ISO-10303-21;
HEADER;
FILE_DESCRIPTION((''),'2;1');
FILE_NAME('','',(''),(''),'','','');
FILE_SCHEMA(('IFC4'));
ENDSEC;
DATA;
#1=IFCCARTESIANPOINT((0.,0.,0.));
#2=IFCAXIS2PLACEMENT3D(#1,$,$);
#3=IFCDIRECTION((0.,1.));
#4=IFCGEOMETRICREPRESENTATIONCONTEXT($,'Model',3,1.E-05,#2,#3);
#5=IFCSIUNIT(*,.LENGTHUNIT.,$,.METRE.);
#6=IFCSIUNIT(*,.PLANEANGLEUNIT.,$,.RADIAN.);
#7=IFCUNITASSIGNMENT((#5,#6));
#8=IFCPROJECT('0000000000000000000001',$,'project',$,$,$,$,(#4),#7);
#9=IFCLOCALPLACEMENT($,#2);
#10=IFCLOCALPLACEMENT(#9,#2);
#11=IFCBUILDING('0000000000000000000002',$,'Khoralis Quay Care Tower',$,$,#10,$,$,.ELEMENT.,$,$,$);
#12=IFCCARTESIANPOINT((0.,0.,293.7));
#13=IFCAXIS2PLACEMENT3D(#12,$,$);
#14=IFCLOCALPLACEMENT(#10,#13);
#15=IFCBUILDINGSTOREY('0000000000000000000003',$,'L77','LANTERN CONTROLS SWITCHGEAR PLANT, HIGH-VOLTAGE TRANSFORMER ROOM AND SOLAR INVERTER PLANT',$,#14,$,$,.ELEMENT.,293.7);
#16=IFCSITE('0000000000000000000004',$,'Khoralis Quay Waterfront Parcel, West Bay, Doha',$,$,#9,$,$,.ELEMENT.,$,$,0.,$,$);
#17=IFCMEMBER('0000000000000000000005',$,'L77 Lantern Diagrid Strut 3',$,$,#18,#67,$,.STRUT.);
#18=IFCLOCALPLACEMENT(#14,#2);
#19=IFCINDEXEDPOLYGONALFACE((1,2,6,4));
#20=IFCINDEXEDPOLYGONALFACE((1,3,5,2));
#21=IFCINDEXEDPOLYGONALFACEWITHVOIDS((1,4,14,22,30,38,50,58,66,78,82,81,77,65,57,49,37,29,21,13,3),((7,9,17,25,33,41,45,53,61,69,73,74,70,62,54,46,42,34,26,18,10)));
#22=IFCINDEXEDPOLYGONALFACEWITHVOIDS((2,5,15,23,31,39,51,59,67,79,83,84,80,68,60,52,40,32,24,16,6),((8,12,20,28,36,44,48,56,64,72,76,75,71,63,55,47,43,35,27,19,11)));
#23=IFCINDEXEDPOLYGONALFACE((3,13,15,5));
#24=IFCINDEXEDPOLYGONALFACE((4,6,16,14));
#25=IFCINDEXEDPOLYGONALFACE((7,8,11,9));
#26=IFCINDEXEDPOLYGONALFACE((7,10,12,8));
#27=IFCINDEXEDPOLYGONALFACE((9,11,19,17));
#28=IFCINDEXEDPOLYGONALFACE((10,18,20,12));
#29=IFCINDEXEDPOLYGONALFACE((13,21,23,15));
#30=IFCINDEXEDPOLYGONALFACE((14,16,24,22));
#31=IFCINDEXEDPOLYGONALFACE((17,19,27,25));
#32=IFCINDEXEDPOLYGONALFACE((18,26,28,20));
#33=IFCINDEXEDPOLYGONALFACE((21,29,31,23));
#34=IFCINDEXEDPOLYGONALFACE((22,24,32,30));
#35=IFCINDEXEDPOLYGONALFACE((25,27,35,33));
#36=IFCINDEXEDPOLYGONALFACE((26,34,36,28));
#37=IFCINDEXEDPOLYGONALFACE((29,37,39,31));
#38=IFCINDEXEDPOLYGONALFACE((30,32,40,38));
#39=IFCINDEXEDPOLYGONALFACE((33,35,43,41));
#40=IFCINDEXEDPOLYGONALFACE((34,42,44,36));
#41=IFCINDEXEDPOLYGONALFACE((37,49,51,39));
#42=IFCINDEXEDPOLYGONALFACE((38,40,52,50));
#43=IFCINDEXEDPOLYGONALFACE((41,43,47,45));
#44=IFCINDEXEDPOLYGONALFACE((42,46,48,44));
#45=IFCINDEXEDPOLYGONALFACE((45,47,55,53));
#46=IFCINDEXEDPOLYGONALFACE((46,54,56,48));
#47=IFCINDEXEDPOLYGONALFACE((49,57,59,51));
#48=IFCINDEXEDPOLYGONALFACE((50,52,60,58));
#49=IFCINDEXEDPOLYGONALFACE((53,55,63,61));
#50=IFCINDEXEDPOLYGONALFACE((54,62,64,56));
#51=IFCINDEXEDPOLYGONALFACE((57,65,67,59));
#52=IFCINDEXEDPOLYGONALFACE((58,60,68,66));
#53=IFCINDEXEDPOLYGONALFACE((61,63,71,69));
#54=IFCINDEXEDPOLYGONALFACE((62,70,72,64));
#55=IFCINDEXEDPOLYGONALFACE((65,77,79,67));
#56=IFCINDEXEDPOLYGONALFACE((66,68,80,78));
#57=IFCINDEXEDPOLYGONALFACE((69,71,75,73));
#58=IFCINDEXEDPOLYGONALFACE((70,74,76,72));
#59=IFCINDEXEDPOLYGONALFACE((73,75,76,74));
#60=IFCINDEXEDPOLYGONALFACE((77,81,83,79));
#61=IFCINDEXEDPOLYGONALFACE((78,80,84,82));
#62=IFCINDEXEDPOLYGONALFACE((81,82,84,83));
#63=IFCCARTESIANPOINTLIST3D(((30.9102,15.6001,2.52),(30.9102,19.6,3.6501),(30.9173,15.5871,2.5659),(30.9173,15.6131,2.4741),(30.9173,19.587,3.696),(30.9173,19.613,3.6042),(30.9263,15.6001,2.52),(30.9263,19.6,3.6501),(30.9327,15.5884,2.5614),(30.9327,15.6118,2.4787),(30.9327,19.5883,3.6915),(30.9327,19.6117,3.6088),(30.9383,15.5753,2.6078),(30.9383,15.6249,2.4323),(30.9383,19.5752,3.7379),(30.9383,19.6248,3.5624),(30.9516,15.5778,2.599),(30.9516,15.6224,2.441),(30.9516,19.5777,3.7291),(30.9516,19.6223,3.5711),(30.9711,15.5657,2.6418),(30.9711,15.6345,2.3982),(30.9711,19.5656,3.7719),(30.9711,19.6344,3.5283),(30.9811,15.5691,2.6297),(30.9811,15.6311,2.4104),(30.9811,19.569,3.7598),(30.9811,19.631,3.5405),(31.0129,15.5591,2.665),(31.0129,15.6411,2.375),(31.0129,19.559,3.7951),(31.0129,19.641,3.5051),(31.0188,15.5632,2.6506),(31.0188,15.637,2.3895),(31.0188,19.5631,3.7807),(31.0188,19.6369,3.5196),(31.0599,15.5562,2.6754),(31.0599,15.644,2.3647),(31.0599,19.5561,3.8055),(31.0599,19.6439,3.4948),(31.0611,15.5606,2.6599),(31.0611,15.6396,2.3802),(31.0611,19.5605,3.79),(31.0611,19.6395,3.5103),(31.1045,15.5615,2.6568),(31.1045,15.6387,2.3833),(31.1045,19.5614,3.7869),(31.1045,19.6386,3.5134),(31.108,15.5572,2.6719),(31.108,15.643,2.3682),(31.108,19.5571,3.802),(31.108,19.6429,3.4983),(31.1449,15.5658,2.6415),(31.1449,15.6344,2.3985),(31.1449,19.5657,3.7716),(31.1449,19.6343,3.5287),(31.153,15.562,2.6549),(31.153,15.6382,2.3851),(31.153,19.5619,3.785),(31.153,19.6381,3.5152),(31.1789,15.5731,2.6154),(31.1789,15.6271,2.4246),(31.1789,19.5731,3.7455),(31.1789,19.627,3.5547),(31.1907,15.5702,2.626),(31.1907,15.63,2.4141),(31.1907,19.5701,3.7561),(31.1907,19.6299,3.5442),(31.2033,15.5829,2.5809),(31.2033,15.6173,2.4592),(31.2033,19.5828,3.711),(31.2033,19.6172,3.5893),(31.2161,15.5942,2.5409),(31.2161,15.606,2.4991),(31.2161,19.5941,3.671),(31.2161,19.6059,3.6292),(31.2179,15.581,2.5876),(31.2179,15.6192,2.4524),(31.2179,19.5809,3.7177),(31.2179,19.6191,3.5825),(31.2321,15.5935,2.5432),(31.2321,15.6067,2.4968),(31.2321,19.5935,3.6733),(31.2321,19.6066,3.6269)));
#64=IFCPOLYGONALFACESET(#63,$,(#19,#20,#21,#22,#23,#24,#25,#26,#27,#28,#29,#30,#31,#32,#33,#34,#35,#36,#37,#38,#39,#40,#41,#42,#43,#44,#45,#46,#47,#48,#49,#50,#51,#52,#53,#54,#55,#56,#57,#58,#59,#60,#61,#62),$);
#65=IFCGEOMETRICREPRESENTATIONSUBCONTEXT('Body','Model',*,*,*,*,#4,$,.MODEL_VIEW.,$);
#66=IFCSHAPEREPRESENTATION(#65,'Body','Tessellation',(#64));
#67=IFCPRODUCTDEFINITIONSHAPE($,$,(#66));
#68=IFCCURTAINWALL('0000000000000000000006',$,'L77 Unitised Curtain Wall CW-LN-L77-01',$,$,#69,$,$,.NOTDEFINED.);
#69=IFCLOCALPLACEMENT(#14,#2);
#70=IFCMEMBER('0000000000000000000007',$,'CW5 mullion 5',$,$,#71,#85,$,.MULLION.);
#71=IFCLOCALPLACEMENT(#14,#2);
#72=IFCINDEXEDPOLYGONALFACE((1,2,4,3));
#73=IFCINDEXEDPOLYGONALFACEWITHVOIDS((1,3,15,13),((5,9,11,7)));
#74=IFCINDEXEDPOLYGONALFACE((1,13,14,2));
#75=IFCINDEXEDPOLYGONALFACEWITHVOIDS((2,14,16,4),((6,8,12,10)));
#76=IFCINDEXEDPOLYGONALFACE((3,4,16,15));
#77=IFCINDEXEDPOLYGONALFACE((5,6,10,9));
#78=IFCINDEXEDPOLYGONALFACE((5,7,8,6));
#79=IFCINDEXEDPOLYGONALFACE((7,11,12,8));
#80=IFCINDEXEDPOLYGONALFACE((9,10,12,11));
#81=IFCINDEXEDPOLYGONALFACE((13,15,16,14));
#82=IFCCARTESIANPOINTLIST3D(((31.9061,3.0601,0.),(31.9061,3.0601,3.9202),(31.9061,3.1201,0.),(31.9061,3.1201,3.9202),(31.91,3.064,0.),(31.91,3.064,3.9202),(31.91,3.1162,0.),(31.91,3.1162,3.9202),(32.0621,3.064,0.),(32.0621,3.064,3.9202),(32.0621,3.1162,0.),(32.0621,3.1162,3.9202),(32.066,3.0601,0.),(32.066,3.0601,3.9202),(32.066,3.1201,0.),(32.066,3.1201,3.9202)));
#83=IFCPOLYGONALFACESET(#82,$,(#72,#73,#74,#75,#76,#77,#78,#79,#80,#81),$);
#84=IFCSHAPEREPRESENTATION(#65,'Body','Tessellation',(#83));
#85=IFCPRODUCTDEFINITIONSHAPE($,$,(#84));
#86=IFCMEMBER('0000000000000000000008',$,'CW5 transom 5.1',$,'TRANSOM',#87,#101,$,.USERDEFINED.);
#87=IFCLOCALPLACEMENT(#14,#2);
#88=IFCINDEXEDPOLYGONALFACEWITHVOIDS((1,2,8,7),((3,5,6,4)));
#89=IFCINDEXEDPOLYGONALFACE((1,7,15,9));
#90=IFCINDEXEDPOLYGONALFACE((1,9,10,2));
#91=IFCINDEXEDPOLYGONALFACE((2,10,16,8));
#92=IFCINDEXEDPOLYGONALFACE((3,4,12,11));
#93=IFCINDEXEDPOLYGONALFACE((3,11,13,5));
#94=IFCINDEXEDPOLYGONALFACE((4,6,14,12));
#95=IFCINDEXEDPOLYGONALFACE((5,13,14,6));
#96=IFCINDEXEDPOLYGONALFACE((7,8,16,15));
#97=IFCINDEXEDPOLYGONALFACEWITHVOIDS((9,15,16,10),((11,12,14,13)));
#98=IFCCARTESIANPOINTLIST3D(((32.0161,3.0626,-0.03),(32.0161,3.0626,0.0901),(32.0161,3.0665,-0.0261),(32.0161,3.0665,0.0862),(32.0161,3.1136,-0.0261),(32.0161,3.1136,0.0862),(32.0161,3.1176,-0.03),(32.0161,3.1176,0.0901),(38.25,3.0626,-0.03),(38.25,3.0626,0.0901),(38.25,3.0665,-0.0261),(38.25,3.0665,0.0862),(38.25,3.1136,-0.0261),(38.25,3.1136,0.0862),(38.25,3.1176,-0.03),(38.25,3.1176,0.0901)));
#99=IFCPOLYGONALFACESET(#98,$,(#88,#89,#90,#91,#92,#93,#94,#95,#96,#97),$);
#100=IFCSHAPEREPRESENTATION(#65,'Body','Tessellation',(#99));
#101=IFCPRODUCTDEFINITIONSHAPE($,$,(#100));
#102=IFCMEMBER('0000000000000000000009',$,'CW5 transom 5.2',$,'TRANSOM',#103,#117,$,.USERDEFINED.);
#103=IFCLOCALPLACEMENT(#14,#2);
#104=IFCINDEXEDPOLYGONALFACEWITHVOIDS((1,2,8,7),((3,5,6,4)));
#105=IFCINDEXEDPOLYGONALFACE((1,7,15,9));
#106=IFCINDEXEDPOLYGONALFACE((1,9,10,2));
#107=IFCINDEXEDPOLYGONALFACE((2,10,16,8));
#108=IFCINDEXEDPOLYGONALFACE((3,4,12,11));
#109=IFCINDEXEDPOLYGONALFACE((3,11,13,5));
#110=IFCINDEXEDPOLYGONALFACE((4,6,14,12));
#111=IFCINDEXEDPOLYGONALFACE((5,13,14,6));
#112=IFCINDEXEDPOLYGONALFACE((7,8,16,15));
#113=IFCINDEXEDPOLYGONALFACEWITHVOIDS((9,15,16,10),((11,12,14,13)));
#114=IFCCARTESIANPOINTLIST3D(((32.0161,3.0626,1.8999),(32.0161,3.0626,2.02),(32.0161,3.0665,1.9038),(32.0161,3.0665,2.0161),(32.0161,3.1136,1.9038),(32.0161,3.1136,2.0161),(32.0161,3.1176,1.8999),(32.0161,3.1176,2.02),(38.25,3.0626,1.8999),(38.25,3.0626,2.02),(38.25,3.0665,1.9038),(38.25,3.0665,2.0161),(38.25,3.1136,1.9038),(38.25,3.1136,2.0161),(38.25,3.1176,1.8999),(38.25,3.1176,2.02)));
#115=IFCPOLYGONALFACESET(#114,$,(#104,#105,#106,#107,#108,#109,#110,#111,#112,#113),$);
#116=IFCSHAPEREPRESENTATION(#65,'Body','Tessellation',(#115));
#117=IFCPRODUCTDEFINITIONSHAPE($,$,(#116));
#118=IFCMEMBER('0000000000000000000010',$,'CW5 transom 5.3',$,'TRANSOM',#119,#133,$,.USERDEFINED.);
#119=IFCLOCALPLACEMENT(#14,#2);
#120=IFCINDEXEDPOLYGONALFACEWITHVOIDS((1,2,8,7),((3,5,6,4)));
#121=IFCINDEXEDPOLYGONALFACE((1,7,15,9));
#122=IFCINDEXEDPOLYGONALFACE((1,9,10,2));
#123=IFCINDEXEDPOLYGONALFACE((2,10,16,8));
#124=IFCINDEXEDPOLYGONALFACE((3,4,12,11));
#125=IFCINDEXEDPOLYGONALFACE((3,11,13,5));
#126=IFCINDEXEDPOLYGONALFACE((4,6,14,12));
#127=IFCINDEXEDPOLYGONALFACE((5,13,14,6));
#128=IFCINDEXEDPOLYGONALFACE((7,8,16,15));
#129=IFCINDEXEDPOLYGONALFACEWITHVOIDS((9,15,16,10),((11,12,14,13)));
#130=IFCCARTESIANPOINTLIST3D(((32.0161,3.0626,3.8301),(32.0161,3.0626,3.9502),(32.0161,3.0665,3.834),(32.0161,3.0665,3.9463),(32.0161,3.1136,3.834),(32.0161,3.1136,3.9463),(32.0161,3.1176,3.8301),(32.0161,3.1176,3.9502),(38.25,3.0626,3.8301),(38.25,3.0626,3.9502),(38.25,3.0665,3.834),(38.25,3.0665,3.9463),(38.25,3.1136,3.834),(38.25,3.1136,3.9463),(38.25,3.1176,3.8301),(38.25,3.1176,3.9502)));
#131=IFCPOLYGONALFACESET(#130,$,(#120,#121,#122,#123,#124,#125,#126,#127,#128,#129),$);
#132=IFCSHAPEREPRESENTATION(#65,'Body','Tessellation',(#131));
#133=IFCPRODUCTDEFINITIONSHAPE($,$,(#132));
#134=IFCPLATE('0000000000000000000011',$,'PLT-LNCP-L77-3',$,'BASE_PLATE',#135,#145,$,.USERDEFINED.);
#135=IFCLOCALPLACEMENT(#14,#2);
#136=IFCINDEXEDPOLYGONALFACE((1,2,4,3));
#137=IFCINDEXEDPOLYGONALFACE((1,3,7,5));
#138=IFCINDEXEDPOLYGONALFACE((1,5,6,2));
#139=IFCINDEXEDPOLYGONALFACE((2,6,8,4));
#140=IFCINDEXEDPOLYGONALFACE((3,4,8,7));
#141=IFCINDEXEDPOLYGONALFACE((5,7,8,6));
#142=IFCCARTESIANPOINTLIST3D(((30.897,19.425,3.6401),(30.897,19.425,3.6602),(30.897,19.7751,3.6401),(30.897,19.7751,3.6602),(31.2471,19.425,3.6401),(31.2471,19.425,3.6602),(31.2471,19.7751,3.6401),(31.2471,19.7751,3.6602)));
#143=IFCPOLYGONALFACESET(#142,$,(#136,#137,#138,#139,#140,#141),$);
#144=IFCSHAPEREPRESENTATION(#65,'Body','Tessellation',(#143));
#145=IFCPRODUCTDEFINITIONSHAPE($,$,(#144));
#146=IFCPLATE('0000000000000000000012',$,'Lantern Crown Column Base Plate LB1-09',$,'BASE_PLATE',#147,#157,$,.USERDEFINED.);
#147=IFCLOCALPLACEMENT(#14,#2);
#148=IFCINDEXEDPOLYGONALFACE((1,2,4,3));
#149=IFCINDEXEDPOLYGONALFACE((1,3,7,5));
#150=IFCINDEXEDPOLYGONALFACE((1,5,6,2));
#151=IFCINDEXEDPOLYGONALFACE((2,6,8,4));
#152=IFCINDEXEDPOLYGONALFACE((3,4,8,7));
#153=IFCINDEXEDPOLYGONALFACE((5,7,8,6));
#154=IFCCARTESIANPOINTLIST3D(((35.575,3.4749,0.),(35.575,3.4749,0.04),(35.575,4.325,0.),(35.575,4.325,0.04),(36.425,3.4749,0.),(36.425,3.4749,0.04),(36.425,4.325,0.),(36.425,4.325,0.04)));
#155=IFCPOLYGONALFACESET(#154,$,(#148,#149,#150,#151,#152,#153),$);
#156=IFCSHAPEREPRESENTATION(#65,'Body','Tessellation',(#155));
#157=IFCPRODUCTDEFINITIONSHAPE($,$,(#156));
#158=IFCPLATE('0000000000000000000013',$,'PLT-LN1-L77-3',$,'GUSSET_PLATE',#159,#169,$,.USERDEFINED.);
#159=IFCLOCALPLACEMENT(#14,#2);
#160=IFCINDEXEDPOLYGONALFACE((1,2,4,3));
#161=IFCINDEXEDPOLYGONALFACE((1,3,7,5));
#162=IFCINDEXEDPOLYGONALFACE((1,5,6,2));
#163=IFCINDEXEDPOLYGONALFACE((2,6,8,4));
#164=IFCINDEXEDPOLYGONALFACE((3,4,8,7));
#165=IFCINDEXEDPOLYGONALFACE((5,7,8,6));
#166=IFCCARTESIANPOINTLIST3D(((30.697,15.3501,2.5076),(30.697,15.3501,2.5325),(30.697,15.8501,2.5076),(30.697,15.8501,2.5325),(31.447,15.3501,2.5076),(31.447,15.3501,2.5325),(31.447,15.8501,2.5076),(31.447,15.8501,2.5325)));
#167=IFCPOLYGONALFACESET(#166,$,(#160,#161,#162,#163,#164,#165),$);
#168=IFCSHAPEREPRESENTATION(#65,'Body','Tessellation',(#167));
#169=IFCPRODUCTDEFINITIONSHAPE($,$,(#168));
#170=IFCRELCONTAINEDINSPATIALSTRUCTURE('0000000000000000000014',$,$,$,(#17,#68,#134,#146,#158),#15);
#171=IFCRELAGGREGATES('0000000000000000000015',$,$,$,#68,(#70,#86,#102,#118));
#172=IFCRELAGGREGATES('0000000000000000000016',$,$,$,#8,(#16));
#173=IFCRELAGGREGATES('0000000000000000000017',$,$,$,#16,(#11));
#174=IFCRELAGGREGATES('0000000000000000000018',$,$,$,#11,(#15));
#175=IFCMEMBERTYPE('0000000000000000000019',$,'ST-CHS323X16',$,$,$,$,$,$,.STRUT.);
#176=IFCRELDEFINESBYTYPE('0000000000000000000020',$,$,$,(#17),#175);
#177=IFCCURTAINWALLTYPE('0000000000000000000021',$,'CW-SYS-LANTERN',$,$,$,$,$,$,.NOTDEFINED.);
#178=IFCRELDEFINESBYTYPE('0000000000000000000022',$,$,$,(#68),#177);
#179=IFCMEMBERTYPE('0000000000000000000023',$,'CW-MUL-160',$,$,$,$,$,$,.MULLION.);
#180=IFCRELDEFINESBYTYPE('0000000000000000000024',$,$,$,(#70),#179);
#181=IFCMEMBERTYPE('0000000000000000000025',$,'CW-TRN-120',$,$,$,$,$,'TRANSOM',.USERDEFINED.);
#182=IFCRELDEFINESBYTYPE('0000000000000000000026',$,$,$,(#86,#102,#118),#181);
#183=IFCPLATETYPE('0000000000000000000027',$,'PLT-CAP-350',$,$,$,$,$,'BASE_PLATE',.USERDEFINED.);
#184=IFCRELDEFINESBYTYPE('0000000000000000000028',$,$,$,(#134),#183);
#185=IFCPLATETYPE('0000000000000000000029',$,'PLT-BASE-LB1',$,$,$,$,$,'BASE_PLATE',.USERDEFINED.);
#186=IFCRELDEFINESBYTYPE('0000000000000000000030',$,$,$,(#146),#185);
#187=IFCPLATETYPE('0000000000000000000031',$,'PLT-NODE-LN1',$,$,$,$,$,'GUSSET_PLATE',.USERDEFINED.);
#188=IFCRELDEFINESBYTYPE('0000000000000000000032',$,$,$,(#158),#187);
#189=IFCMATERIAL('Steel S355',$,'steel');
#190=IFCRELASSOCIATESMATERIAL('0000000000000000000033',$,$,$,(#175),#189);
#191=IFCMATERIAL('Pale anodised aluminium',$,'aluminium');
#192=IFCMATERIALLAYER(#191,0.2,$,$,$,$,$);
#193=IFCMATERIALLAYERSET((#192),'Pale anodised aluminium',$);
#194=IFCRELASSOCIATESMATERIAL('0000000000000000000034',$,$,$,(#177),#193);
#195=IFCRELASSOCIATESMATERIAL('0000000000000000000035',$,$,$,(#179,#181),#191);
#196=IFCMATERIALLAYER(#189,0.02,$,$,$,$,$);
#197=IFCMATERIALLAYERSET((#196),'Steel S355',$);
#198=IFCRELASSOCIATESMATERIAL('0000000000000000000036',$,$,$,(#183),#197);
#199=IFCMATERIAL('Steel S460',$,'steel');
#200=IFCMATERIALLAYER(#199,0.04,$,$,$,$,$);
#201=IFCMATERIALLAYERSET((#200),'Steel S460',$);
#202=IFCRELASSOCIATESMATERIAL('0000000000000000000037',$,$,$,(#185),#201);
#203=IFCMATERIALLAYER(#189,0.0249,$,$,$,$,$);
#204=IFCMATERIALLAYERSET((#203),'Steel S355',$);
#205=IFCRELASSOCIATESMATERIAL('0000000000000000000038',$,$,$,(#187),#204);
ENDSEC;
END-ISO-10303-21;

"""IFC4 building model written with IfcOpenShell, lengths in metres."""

from ifc_helpers import new_model, si_unit, direction, frame, origin, origin_2d, place, context, subcontext, project, spatial, rectangle, hollow_rectangle, hollow_circle, extrude, source, transform, mapped, material, layer, layer_set, material_profile, profile_set, type_object, element, aggregate, save


model = new_model("IFC4")

# Units and contexts
model_context = context("Model", 3, precision=1e-05, world=origin(), true_north=direction((0.0, 1.0)))
body_context = subcontext(model_context, "Body", "Model", "MODEL_VIEW")
ifc_project = project(units=[si_unit("LENGTHUNIT", "METRE"), si_unit("PLANEANGLEUNIT", "RADIAN")], contexts=[model_context])

# Site, building, storey
site_placement = place(None, origin())
site = spatial("IfcSite", under=ifc_project, at=site_placement, Name="Khoralis Quay Waterfront Parcel, West Bay, Doha", CompositionType="ELEMENT", RefElevation=0.0)
building_placement = place(site_placement, origin())
building = spatial("IfcBuilding", under=site, at=building_placement, Name="Khoralis Quay Care Tower", CompositionType="ELEMENT")
storey_placement = place(building_placement, frame((0.0, 0.0, 293.7)))
storey = spatial("IfcBuildingStorey", under=building, at=storey_placement, Name="L77", Description="LANTERN CONTROLS SWITCHGEAR PLANT, HIGH-VOLTAGE TRANSFORMER ROOM AND SOLAR INVERTER PLANT", CompositionType="ELEMENT", Elevation=293.7)

# Shared definitions
ifc_material_1 = material(Name="Steel S460", Category="steel")

# Shared definitions
ifc_material_2 = material(Name="Steel S355", Category="steel")

# Member
ifc_material_profile_1 = material_profile(ifc_material_2, hollow_circle(Radius=0.1619, WallThickness=0.0161, at=origin_2d()), Name="Steel S355")
ifc_profile_set_1 = profile_set([ifc_material_profile_1], Name="Steel S355")
member_type_1 = type_object("IfcMemberType", Name="ST-CHS323X16", PredefinedType="STRUT", material=ifc_profile_set_1)
shared_shape_1 = source(origin(), body_context, "Body", "SweptSolid", [
    extrude(hollow_circle(Radius=0.1619, WallThickness=0.0161, at=origin_2d()), origin(), (0.0, 0.0, 1.0), 4.1565),
])
member_1_placement = place(storey_placement, frame((31.072, 15.6001, 2.52), z_axis=(0.0, 0.962329, 0.271888), x_axis=(-1.0, 0.0, 0.0)))
element("IfcMember", 1, at=member_1_placement, inside=storey, type_object=member_type_1, Name="L77 Lantern Diagrid Strut 3", PredefinedType="STRUT", context=body_context, shape_type="MappedRepresentation", body=[
    mapped(shared_shape_1, transform((0.0, 0.0, 0.0), scale=1.0)),
])

# Curtain wall, members
ifc_material_3 = material(Name="Pale anodised aluminium", Category="aluminium")
ifc_layer_1 = layer(ifc_material_3, 0.2)
ifc_layer_set_1 = layer_set([ifc_layer_1], Name="Pale anodised aluminium")
curtain_wall_type = type_object("IfcCurtainWallType", Name="CW-SYS-LANTERN", PredefinedType="NOTDEFINED", material=ifc_layer_set_1)
curtain_wall_placement = place(storey_placement, origin())
curtain_wall = element("IfcCurtainWall", 2, at=curtain_wall_placement, inside=storey, type_object=curtain_wall_type, Name="L77 Unitised Curtain Wall CW-LN-L77-01", PredefinedType="NOTDEFINED")
ifc_material_profile_2 = material_profile(ifc_material_3, hollow_rectangle(XDim=0.0601, YDim=0.1599, WallThickness=0.0039, at=origin_2d()), Name="Pale anodised aluminium")
ifc_profile_set_2 = profile_set([ifc_material_profile_2], Name="Pale anodised aluminium")
member_type_2 = type_object("IfcMemberType", Name="CW-MUL-160", PredefinedType="MULLION", material=ifc_profile_set_2)
shared_shape_2 = source(origin(), body_context, "Body", "SweptSolid", [
    extrude(hollow_rectangle(XDim=0.0601, YDim=0.1599, WallThickness=0.0039, at=origin_2d()), origin(), (0.0, 0.0, 1.0), 3.9202),
])
member_2_placement = place(storey_placement, frame((31.9861, 3.0901, 0.0), z_axis=(0.0, 0.0, 1.0), x_axis=(0.0, 1.0, 0.0)))
member_2 = element("IfcMember", 3, at=member_2_placement, type_object=member_type_2, Name="CW5 mullion 5", PredefinedType="MULLION", context=body_context, shape_type="MappedRepresentation", body=[
    mapped(shared_shape_2, transform((0.0, 0.0, 0.0), scale=1.0)),
])
ifc_material_profile_3 = material_profile(ifc_material_3, hollow_rectangle(XDim=0.0549, YDim=0.1201, WallThickness=0.0039, at=origin_2d()), Name="Pale anodised aluminium")
ifc_profile_set_3 = profile_set([ifc_material_profile_3], Name="Pale anodised aluminium")
member_type_3 = type_object("IfcMemberType", Name="CW-TRN-120", ElementType="TRANSOM", PredefinedType="USERDEFINED", material=ifc_profile_set_3)
shared_shape_3 = source(origin(), body_context, "Body", "SweptSolid", [
    extrude(hollow_rectangle(XDim=0.0549, YDim=0.1201, WallThickness=0.0039, at=origin_2d()), origin(), (0.0, 0.0, 1.0), 6.2339),
])
member_3_placement = place(storey_placement, frame((32.0161, 3.0901, 0.03), z_axis=(1.0, 0.0, 0.0), x_axis=(0.0, 1.0, 0.0)))
member_3 = element("IfcMember", 4, at=member_3_placement, type_object=member_type_3, Name="CW5 transom 5.1", ObjectType="TRANSOM", PredefinedType="USERDEFINED", context=body_context, shape_type="MappedRepresentation", body=[
    mapped(shared_shape_3, transform((0.0, 0.0, 0.0), scale=1.0)),
])
member_4_placement = place(storey_placement, frame((32.0161, 3.0901, 1.96), z_axis=(1.0, 0.0, 0.0), x_axis=(0.0, 1.0, 0.0)))
member_4 = element("IfcMember", 5, at=member_4_placement, type_object=member_type_3, Name="CW5 transom 5.2", ObjectType="TRANSOM", PredefinedType="USERDEFINED", context=body_context, shape_type="MappedRepresentation", body=[
    mapped(shared_shape_3, transform((0.0, 0.0, 0.0), scale=1.0)),
])
member_5_placement = place(storey_placement, frame((32.0161, 3.0901, 3.8901), z_axis=(1.0, 0.0, 0.0), x_axis=(0.0, 1.0, 0.0)))
member_5 = element("IfcMember", 6, at=member_5_placement, type_object=member_type_3, Name="CW5 transom 5.3", ObjectType="TRANSOM", PredefinedType="USERDEFINED", context=body_context, shape_type="MappedRepresentation", body=[
    mapped(shared_shape_3, transform((0.0, 0.0, 0.0), scale=1.0)),
])

# Plates
ifc_layer_2 = layer(ifc_material_2, 0.02)
ifc_layer_set_2 = layer_set([ifc_layer_2], Name="Steel S355")
plate_type_1 = type_object("IfcPlateType", Name="PLT-CAP-350", ElementType="BASE_PLATE", PredefinedType="USERDEFINED", material=ifc_layer_set_2)
shared_shape_4 = source(origin(), body_context, "Body", "SweptSolid", [
    extrude(rectangle(XDim=0.3501, YDim=0.3501, at=origin_2d()), origin(), (0.0, 0.0, 1.0), 0.02),
])
plate_1_placement = place(storey_placement, frame((31.072, 19.6001, 3.6401), z_axis=(0.0, 0.0, 1.0), x_axis=(1.0, 0.0, 0.0)))
element("IfcPlate", 7, at=plate_1_placement, inside=storey, type_object=plate_type_1, Name="PLT-LNCP-L77-3", ObjectType="BASE_PLATE", PredefinedType="USERDEFINED", context=body_context, shape_type="MappedRepresentation", body=[
    mapped(shared_shape_4, transform((0.0, 0.0, 0.0), scale=1.0)),
])
ifc_layer_3 = layer(ifc_material_1, 0.04)
ifc_layer_set_3 = layer_set([ifc_layer_3], Name="Steel S460")
plate_type_2 = type_object("IfcPlateType", Name="PLT-BASE-LB1", ElementType="BASE_PLATE", PredefinedType="USERDEFINED", material=ifc_layer_set_3)
shared_shape_5 = source(origin(), body_context, "Body", "SweptSolid", [
    extrude(rectangle(XDim=0.8501, YDim=0.8501, at=origin_2d()), origin(), (0.0, 0.0, 1.0), 0.04),
])
plate_2_placement = place(storey_placement, frame((36.0, 3.8999, 0.0), z_axis=(0.0, 0.0, 1.0), x_axis=(1.0, 0.0, 0.0)))
element("IfcPlate", 8, at=plate_2_placement, inside=storey, type_object=plate_type_2, Name="Lantern Crown Column Base Plate LB1-09", ObjectType="BASE_PLATE", PredefinedType="USERDEFINED", context=body_context, shape_type="MappedRepresentation", body=[
    mapped(shared_shape_5, transform((0.0, 0.0, 0.0), scale=1.0)),
])
ifc_layer_4 = layer(ifc_material_2, 0.0249)
ifc_layer_set_4 = layer_set([ifc_layer_4], Name="Steel S355")
plate_type_3 = type_object("IfcPlateType", Name="PLT-NODE-LN1", ElementType="GUSSET_PLATE", PredefinedType="USERDEFINED", material=ifc_layer_set_4)
shared_shape_6 = source(origin(), body_context, "Body", "SweptSolid", [
    extrude(rectangle(XDim=0.75, YDim=0.5, at=origin_2d()), origin(), (0.0, 0.0, 1.0), 0.0249),
])
plate_3_placement = place(storey_placement, frame((31.072, 15.6001, 2.5076), z_axis=(0.0, 0.0, 1.0), x_axis=(1.0, 0.0, 0.0)))
element("IfcPlate", 9, at=plate_3_placement, inside=storey, type_object=plate_type_3, Name="PLT-LN1-L77-3", ObjectType="GUSSET_PLATE", PredefinedType="USERDEFINED", context=body_context, shape_type="MappedRepresentation", body=[
    mapped(shared_shape_6, transform((0.0, 0.0, 0.0), scale=1.0)),
])

aggregate(curtain_wall, [member_2, member_3, member_4, member_5])

save(model, "model.ifc")
